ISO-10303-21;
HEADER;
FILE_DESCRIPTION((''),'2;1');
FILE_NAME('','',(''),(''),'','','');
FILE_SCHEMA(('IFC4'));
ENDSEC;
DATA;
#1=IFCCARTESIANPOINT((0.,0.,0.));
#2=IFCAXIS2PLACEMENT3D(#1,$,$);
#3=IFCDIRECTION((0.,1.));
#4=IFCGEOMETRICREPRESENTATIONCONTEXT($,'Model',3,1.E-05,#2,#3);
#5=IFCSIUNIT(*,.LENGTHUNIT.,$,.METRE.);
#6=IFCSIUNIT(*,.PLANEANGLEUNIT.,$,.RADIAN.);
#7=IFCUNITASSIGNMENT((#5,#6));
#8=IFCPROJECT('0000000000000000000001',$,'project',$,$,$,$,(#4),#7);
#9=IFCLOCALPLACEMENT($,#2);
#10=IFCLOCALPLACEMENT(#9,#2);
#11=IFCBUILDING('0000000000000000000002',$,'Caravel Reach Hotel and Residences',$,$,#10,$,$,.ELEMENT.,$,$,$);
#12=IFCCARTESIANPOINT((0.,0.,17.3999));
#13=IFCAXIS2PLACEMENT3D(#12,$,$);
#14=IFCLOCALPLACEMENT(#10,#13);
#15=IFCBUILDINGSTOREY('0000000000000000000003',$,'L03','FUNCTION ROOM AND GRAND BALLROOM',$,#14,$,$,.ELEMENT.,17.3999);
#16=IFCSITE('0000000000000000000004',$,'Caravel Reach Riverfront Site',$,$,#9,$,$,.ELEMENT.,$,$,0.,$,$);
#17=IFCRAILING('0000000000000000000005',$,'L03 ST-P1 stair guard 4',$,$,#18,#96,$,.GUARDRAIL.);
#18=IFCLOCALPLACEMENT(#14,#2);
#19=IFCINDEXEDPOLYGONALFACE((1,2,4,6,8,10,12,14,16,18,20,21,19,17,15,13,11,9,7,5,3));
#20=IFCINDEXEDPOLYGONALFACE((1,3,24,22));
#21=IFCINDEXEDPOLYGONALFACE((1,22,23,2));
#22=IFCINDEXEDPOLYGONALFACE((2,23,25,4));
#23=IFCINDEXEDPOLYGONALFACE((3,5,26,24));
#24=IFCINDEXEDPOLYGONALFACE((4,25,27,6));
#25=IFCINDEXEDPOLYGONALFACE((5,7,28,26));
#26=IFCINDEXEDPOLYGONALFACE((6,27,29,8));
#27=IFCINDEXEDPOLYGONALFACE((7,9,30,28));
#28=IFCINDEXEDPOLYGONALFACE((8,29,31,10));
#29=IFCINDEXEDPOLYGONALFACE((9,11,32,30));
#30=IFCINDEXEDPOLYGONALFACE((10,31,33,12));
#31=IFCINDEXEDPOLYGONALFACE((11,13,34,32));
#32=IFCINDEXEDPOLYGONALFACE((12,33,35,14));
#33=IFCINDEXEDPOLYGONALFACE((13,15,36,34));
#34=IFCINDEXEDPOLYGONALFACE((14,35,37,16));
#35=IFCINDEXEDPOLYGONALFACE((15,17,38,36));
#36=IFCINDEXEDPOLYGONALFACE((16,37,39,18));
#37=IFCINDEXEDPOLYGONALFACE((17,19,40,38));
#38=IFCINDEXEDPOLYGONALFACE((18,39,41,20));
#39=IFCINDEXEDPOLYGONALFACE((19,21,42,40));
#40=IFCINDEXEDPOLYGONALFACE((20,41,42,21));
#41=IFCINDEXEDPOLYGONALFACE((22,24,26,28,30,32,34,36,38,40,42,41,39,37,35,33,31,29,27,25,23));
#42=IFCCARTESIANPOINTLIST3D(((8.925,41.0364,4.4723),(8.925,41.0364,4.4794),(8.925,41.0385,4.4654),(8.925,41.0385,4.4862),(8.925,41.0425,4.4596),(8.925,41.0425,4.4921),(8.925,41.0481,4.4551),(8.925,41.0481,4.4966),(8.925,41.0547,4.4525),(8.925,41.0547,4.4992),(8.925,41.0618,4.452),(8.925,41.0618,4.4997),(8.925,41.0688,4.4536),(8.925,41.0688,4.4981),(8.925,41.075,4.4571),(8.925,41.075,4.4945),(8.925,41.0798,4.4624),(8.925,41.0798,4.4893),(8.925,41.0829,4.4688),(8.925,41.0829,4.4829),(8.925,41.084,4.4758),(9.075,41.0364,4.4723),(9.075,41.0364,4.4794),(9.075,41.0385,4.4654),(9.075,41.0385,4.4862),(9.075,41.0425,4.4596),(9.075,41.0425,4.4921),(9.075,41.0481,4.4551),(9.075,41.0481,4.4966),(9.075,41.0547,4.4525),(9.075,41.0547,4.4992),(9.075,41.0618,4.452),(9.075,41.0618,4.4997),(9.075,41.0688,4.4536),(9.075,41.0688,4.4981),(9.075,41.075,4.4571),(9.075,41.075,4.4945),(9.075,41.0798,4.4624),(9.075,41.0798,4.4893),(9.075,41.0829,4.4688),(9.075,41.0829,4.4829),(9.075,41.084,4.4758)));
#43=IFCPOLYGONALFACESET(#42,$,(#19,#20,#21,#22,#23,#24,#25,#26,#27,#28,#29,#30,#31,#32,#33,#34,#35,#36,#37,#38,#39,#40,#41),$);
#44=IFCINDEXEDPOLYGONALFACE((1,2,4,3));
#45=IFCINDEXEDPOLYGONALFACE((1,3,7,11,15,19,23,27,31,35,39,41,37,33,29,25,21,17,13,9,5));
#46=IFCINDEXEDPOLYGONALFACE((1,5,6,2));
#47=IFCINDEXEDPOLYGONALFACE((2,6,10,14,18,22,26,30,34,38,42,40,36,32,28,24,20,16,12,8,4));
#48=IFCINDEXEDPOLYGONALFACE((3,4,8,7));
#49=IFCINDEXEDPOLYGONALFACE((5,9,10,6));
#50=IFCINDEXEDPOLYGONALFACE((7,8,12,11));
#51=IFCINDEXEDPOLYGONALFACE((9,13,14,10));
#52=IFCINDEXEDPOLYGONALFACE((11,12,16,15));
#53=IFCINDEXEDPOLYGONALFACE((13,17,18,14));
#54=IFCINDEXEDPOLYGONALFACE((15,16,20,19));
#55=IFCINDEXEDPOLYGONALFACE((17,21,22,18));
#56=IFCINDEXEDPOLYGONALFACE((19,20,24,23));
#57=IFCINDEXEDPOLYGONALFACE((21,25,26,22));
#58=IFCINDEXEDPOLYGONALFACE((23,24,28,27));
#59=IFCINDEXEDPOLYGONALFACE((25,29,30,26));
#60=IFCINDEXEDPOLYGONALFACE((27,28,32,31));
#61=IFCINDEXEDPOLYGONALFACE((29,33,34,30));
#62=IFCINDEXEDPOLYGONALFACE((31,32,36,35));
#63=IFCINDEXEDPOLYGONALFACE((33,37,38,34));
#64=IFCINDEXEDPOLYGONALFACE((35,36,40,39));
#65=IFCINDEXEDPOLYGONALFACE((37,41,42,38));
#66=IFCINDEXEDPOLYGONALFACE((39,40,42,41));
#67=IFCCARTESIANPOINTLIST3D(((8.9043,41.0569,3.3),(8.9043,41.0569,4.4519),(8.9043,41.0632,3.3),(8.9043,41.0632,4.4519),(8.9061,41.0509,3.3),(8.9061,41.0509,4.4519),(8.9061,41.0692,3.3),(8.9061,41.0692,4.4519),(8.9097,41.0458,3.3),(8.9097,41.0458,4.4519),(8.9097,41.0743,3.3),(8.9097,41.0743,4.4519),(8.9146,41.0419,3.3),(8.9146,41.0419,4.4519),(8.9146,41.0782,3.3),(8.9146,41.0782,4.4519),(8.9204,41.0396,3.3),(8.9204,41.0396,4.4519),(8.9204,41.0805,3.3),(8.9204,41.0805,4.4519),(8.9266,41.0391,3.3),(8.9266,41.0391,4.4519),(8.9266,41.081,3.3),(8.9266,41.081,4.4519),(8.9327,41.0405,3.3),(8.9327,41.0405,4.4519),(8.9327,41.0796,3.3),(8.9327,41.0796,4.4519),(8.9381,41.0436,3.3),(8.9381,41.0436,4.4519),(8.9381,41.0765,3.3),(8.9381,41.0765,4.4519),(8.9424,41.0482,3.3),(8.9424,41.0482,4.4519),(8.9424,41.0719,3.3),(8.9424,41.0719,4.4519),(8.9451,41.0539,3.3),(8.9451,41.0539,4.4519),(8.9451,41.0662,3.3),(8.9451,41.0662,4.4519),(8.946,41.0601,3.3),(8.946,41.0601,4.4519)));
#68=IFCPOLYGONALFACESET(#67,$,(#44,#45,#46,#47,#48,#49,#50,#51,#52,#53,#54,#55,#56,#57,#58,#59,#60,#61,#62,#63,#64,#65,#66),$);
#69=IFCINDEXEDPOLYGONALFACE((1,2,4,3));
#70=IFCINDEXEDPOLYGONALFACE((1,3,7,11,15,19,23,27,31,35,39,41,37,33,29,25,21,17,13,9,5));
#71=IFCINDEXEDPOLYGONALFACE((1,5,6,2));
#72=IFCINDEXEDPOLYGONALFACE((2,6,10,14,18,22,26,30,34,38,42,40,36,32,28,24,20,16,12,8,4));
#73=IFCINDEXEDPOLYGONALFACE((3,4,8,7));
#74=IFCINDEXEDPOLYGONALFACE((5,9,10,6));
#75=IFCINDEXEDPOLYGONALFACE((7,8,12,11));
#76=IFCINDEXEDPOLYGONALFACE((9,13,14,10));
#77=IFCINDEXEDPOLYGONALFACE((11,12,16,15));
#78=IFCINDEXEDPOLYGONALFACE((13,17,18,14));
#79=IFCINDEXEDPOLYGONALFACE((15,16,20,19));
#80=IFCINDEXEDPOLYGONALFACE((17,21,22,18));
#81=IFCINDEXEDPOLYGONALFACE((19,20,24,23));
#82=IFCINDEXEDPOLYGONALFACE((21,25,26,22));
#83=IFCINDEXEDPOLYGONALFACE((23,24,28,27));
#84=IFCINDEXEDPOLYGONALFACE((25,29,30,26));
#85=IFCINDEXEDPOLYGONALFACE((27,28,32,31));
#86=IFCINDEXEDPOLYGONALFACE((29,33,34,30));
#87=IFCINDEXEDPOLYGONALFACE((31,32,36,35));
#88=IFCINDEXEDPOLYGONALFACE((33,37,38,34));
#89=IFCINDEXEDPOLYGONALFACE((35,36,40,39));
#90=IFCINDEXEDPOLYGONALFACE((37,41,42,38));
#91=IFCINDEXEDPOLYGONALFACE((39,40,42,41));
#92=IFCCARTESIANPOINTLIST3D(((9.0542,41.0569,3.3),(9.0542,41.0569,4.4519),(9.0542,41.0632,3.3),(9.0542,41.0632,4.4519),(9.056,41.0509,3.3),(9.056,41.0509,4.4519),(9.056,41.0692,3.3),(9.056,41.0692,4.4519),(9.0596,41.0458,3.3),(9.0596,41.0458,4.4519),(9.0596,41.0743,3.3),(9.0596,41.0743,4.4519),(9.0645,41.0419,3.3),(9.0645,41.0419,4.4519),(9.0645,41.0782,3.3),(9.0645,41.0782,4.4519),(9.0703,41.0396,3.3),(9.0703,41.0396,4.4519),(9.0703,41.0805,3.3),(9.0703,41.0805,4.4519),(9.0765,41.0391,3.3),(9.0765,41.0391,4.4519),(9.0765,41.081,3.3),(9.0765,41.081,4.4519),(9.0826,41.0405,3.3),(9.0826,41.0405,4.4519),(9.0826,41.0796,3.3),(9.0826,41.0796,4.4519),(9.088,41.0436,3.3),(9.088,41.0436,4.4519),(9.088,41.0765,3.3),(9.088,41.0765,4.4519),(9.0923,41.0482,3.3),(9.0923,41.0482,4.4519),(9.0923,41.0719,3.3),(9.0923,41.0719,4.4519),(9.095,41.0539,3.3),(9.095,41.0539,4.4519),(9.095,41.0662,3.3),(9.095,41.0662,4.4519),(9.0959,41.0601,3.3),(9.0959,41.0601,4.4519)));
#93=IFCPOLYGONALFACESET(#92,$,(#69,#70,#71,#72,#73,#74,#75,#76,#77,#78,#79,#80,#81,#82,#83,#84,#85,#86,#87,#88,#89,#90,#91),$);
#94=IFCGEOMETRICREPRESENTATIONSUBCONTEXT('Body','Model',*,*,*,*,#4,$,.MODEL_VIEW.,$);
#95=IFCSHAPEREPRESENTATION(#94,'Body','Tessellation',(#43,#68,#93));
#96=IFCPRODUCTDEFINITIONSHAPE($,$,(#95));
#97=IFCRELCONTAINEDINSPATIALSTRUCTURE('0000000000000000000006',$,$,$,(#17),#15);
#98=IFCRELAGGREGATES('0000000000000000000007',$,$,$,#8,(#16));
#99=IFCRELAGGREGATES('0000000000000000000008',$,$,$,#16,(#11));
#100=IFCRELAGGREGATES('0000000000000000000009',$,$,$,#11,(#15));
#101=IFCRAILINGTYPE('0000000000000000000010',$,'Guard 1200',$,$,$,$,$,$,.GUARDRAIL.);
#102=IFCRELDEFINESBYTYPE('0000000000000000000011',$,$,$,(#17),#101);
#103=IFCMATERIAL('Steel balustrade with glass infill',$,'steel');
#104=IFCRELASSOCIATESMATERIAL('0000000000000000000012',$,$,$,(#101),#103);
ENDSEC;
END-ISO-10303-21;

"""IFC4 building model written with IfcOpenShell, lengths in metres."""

from ifc_helpers import new_model, si_unit, direction, frame, origin, origin_2d, place, context, subcontext, project, spatial, circle, extrude, material, type_object, element, save


model = new_model("IFC4")

# Units and contexts
model_context = context("Model", 3, precision=1e-05, world=origin(), true_north=direction((0.0, 1.0)))
body_context = subcontext(model_context, "Body", "Model", "MODEL_VIEW")
ifc_project = project(units=[si_unit("LENGTHUNIT", "METRE"), si_unit("PLANEANGLEUNIT", "RADIAN")], contexts=[model_context])

# Site, building, storey
site_placement = place(None, origin())
site = spatial("IfcSite", under=ifc_project, at=site_placement, Name="Caravel Reach Riverfront Site", CompositionType="ELEMENT", RefElevation=0.0)
building_placement = place(site_placement, origin())
building = spatial("IfcBuilding", under=site, at=building_placement, Name="Caravel Reach Hotel and Residences", CompositionType="ELEMENT")
storey_placement = place(building_placement, frame((0.0, 0.0, 17.3999)))
storey = spatial("IfcBuildingStorey", under=building, at=storey_placement, Name="L03", Description="FUNCTION ROOM AND GRAND BALLROOM", CompositionType="ELEMENT", Elevation=17.3999)

# Railing
ifc_material_1 = material(Name="Steel balustrade with glass infill", Category="steel")
railing_type_1 = type_object("IfcRailingType", Name="Guard 1200", PredefinedType="GUARDRAIL", material=ifc_material_1)
railing_1_placement = place(storey_placement, frame((8.925, 41.0601, 3.3)))
element("IfcRailing", 1, at=railing_1_placement, inside=storey, type_object=railing_type_1, Name="L03 ST-P1 stair guard 4", PredefinedType="GUARDRAIL", context=body_context, shape_type="SweptSolid", body=[
    extrude(circle(Radius=0.0239, at=origin_2d()), frame((0.0, 0.0, 1.1758), z_axis=(1.0, 0.0, 0.0), x_axis=(0.0, 1.0, 0.0)), (0.0, 0.0, 1.0), 0.1499),
    extrude(circle(Radius=0.021, at=origin_2d()), origin(), (0.0, 0.0, 1.0), 1.1519),
    extrude(circle(Radius=0.021, at=origin_2d()), frame((0.1499, 0.0, 0.0)), (0.0, 0.0, 1.0), 1.1519),
])

save(model, "model.ifc")
